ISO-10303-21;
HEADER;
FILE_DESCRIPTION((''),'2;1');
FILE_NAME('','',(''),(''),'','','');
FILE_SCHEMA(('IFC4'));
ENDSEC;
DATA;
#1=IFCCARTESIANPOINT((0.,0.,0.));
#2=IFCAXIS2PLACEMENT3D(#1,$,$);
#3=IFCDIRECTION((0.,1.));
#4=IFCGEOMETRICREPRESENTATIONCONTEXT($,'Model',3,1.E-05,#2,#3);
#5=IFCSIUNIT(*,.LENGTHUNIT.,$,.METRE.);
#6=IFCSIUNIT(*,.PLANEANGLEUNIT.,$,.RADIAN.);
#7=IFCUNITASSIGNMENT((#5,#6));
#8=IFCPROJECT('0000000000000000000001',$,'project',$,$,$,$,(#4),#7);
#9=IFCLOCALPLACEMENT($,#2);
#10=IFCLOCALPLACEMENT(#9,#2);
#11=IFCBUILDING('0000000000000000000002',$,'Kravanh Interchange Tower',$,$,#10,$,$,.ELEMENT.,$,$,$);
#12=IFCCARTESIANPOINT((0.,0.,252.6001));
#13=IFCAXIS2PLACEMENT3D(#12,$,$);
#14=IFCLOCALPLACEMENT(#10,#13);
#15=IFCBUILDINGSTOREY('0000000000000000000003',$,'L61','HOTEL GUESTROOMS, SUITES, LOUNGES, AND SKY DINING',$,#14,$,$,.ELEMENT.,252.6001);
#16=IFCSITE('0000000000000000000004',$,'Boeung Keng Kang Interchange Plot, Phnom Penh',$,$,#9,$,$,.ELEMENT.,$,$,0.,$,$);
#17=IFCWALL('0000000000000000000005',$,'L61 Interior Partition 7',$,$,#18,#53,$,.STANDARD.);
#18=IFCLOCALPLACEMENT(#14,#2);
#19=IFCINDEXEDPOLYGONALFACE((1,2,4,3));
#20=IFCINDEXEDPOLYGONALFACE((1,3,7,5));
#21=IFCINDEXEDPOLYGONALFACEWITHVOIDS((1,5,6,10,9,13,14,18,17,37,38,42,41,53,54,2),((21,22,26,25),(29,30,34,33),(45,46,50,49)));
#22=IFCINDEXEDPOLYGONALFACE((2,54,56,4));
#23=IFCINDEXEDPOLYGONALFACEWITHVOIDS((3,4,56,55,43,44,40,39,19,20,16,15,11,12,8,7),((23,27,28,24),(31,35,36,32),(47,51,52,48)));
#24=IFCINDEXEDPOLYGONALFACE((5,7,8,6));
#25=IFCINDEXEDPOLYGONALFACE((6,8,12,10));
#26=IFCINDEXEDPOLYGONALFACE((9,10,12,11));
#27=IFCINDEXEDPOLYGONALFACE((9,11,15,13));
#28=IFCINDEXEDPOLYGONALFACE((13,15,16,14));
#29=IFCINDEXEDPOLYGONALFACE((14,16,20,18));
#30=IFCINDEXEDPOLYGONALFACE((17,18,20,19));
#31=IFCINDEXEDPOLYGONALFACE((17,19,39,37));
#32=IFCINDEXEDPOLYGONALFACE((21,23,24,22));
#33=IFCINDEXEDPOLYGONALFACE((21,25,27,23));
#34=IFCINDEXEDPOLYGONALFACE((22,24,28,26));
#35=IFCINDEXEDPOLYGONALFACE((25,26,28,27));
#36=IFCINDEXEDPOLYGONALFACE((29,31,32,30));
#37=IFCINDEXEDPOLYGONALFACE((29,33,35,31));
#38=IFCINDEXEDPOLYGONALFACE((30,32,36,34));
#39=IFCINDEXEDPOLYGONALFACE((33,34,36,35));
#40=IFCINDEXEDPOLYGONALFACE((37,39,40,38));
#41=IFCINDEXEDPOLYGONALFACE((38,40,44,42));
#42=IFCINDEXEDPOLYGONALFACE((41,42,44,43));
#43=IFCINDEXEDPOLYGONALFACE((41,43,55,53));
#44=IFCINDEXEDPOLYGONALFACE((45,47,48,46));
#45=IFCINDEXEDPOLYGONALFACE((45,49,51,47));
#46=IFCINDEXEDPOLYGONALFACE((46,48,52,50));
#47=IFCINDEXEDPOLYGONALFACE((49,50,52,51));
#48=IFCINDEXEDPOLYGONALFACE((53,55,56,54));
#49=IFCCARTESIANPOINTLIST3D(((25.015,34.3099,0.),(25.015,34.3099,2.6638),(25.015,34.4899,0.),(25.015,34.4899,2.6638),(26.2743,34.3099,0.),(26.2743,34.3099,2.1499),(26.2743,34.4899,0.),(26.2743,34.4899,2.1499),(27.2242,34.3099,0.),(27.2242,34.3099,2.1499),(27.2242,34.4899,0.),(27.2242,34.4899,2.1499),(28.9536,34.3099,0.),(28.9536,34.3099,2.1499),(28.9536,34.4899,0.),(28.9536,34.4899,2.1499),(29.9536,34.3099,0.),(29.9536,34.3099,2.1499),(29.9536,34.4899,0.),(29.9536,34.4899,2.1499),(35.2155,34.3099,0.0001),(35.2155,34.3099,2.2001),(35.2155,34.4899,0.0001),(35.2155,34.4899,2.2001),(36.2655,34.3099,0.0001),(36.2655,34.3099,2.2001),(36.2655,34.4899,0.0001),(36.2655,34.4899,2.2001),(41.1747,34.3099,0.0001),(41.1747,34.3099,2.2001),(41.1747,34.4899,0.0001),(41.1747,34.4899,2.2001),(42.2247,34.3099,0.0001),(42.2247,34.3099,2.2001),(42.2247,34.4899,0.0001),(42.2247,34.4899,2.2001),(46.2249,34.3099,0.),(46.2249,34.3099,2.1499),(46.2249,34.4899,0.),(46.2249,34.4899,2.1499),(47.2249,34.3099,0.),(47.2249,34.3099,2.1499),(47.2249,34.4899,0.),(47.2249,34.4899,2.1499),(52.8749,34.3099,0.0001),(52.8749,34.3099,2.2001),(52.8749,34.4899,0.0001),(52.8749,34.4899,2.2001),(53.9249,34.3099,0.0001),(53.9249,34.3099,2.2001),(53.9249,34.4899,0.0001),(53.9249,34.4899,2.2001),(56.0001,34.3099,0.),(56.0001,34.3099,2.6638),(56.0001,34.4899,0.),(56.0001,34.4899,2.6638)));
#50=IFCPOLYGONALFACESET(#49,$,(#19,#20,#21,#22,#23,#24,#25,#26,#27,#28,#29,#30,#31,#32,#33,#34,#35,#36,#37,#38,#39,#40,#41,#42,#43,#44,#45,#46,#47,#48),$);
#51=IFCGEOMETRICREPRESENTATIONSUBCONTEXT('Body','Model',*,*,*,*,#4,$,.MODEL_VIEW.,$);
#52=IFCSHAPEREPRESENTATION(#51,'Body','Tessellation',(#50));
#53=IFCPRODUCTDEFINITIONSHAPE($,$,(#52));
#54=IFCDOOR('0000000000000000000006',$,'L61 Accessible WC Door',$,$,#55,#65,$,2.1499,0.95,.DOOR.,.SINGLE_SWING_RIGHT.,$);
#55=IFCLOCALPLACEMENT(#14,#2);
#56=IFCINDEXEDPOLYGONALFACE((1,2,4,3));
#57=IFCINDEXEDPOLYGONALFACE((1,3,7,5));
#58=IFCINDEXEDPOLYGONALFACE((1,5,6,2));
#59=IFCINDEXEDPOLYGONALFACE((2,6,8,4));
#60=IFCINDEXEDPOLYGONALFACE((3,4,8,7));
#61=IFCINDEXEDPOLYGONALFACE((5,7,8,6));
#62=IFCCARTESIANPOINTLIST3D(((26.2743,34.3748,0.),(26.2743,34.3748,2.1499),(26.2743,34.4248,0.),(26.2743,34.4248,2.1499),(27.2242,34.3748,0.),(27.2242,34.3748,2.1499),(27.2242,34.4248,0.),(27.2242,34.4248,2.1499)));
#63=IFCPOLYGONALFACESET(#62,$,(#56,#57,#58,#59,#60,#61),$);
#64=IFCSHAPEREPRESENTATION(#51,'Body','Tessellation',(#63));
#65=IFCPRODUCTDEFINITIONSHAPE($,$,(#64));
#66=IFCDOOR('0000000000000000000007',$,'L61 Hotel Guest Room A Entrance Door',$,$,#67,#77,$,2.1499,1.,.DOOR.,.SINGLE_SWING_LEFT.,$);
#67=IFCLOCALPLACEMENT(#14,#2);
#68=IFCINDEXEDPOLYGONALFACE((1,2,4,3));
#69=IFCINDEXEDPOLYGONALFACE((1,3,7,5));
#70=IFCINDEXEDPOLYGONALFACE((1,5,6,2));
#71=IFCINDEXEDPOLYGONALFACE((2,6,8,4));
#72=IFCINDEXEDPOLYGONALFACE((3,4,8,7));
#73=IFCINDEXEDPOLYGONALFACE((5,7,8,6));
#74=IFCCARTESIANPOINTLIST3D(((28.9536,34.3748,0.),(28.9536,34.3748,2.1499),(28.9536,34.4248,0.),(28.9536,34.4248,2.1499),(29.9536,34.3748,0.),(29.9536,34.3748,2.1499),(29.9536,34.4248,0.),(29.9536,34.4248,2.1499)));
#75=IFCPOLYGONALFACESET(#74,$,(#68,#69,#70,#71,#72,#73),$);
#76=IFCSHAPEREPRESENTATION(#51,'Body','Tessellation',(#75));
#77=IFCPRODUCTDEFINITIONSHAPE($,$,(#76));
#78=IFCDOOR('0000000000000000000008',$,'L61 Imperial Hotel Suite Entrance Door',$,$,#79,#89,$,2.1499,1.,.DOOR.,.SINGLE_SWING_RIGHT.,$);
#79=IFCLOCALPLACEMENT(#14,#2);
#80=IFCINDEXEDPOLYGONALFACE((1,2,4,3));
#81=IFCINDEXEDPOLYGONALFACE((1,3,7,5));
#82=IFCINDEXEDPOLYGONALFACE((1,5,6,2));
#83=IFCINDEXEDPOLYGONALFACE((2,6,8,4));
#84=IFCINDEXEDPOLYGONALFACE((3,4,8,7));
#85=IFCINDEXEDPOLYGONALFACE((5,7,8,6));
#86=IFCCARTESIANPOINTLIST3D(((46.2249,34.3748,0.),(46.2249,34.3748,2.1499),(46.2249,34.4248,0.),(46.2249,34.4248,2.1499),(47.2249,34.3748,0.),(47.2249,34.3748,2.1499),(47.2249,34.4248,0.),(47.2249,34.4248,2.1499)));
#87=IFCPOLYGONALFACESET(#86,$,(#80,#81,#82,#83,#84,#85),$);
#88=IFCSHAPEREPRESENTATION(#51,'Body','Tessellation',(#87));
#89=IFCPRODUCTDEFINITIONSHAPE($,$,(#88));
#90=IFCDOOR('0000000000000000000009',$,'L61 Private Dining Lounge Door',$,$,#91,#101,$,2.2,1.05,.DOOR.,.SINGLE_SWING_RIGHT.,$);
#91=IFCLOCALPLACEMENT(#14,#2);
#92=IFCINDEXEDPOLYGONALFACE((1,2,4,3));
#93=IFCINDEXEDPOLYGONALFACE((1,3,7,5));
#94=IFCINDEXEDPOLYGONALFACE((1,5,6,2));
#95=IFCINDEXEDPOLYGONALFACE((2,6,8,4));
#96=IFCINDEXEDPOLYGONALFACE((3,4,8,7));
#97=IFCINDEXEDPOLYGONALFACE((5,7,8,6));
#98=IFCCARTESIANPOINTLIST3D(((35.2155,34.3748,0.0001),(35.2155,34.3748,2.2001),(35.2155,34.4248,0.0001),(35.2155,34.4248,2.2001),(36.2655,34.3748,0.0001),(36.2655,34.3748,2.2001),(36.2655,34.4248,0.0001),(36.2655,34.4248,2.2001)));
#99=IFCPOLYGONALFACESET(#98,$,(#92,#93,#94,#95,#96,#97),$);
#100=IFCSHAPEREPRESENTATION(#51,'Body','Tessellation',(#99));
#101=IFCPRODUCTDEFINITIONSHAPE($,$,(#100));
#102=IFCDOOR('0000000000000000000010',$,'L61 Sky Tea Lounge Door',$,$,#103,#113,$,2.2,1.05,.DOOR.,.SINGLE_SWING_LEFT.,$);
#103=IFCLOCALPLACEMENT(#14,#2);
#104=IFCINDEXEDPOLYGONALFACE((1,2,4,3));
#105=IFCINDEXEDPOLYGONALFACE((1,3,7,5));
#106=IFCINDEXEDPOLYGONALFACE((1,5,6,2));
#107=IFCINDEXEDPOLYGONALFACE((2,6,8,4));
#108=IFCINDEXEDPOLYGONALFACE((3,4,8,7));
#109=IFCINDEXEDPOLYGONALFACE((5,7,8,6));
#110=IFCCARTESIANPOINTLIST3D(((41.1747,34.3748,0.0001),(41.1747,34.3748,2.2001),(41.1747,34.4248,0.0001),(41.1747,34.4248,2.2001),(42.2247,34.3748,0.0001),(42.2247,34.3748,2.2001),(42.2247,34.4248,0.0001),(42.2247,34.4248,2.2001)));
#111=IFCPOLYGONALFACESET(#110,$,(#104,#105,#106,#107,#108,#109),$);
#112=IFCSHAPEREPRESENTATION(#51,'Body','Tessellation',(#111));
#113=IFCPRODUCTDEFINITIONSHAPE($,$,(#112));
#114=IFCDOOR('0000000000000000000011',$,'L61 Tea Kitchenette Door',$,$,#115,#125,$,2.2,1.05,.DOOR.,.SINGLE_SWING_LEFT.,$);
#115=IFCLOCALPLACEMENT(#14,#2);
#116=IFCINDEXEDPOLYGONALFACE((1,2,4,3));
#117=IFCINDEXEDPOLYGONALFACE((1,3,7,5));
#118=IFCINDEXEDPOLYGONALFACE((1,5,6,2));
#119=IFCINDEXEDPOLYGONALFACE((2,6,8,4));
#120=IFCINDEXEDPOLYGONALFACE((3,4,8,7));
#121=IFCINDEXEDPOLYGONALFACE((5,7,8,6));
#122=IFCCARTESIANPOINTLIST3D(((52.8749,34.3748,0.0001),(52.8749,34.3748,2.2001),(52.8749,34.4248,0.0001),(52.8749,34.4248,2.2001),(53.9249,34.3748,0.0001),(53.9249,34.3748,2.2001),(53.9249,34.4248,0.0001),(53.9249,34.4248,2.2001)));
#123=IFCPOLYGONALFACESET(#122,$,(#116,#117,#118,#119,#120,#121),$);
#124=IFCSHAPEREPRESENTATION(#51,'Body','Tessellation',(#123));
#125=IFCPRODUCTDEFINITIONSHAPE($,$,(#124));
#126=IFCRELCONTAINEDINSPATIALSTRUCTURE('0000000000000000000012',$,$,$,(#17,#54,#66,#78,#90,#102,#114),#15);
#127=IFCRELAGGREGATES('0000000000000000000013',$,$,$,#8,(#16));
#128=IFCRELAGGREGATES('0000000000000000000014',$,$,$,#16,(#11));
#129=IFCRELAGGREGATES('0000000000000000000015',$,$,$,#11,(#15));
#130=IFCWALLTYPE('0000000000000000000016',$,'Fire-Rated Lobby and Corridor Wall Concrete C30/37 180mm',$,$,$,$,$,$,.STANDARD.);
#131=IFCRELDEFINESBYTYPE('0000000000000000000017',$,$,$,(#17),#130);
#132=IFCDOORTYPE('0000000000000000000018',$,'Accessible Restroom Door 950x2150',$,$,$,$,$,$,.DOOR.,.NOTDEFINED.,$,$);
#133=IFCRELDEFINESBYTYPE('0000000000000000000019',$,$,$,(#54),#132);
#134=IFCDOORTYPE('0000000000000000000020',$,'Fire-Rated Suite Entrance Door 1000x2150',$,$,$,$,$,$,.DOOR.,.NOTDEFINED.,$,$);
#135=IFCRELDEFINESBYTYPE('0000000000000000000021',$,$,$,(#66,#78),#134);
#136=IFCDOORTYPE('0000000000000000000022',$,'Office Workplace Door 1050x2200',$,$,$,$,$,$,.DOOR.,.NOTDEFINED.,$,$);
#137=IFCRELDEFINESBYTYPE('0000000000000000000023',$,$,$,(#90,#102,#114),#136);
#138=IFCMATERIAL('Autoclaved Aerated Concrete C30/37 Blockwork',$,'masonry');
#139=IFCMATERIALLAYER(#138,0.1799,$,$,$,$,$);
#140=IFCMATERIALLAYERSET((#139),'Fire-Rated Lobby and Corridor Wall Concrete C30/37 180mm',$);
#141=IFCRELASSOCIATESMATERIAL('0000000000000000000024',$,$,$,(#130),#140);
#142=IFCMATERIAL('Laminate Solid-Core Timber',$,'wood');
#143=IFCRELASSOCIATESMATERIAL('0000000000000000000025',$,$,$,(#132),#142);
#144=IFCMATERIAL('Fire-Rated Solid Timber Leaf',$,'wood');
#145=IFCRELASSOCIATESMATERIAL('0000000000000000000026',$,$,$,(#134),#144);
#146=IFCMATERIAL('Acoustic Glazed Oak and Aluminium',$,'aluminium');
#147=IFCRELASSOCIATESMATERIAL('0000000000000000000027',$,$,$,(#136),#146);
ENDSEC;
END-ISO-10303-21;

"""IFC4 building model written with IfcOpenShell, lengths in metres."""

from ifc_helpers import new_model, si_unit, direction, frame, frame_2d, origin, place, context, subcontext, project, spatial, rectangle, extrude, material, layer, layer_set, type_object, element, fill, save


model = new_model("IFC4")

# Units and contexts
model_context = context("Model", 3, precision=1e-05, world=origin(), true_north=direction((0.0, 1.0)))
body_context = subcontext(model_context, "Body", "Model", "MODEL_VIEW")
ifc_project = project(units=[si_unit("LENGTHUNIT", "METRE"), si_unit("PLANEANGLEUNIT", "RADIAN")], contexts=[model_context])

# Site, building, storey
site_placement = place(None, origin())
site = spatial("IfcSite", under=ifc_project, at=site_placement, Name="Boeung Keng Kang Interchange Plot, Phnom Penh", CompositionType="ELEMENT", RefElevation=0.0)
building_placement = place(site_placement, origin())
building = spatial("IfcBuilding", under=site, at=building_placement, Name="Kravanh Interchange Tower", CompositionType="ELEMENT")
storey_placement = place(building_placement, frame((0.0, 0.0, 252.6001)))
storey = spatial("IfcBuildingStorey", under=building, at=storey_placement, Name="L61", Description="HOTEL GUESTROOMS, SUITES, LOUNGES, AND SKY DINING", CompositionType="ELEMENT", Elevation=252.6001)

# Wall, openings, doors
ifc_material_1 = material(Name="Autoclaved Aerated Concrete C30/37 Blockwork", Category="masonry")
ifc_layer_1 = layer(ifc_material_1, 0.1799)
ifc_layer_set_1 = layer_set([ifc_layer_1], Name="Fire-Rated Lobby and Corridor Wall Concrete C30/37 180mm")
wall_type_1 = type_object("IfcWallType", Name="Fire-Rated Lobby and Corridor Wall Concrete C30/37 180mm", PredefinedType="STANDARD", material=ifc_layer_set_1)
wall_1_placement = place(storey_placement, frame((25.0149, 34.3999, 0.0), z_axis=(0.0, 0.0, 1.0), x_axis=(1.0, 0.0, 0.0)))
wall_1 = element("IfcWall", 1, at=wall_1_placement, inside=storey, type_object=wall_type_1, Name="L61 Interior Partition 7", PredefinedType="STANDARD", context=body_context, shape_type="SweptSolid", body=[
    extrude(rectangle(XDim=30.9851, YDim=0.1799, at=frame_2d((15.4927, 0.0))), origin(), (0.0, 0.0, 1.0), 2.6638),
])
opening_1_placement = place(wall_1_placement, frame((1.2593, 0.0, 0.0)))
opening_1 = element("IfcOpeningElement", 2, at=opening_1_placement, cuts=wall_1, PredefinedType="OPENING", context=body_context, shape_type="SweptSolid", body=[
    extrude(rectangle(XDim=0.95, YDim=2.1499, at=frame_2d((0.4751, 1.075))), frame((0.0, 0.1001, 0.0), z_axis=(0.0, -1.0, 0.0), x_axis=(1.0, 0.0, 0.0)), (0.0, 0.0, 1.0), 0.2),
])
opening_2_placement = place(wall_1_placement, frame((3.9387, 0.0, 0.0)))
opening_2 = element("IfcOpeningElement", 3, at=opening_2_placement, cuts=wall_1, PredefinedType="OPENING", context=body_context, shape_type="SweptSolid", body=[
    extrude(rectangle(XDim=1.0, YDim=2.1499, at=frame_2d((0.5, 1.075))), frame((0.0, 0.1001, 0.0), z_axis=(0.0, -1.0, 0.0), x_axis=(1.0, 0.0, 0.0)), (0.0, 0.0, 1.0), 0.2),
])
opening_3_placement = place(wall_1_placement, frame((10.2007, 0.0, 0.0)))
opening_3 = element("IfcOpeningElement", 4, at=opening_3_placement, cuts=wall_1, PredefinedType="OPENING", context=body_context, shape_type="SweptSolid", body=[
    extrude(rectangle(XDim=1.05, YDim=2.2, at=frame_2d((0.5249, 1.1001))), frame((0.0, 0.1001, 0.0), z_axis=(0.0, -1.0, 0.0), x_axis=(1.0, 0.0, 0.0)), (0.0, 0.0, 1.0), 0.2),
])
opening_4_placement = place(wall_1_placement, frame((16.1599, 0.0, 0.0)))
opening_4 = element("IfcOpeningElement", 5, at=opening_4_placement, cuts=wall_1, PredefinedType="OPENING", context=body_context, shape_type="SweptSolid", body=[
    extrude(rectangle(XDim=1.05, YDim=2.2, at=frame_2d((0.5249, 1.1001))), frame((0.0, 0.1001, 0.0), z_axis=(0.0, -1.0, 0.0), x_axis=(1.0, 0.0, 0.0)), (0.0, 0.0, 1.0), 0.2),
])
opening_5_placement = place(wall_1_placement, frame((21.21, 0.0, 0.0)))
opening_5 = element("IfcOpeningElement", 6, at=opening_5_placement, cuts=wall_1, PredefinedType="OPENING", context=body_context, shape_type="SweptSolid", body=[
    extrude(rectangle(XDim=1.0, YDim=2.1499, at=frame_2d((0.5, 1.075))), frame((0.0, 0.1001, 0.0), z_axis=(0.0, -1.0, 0.0), x_axis=(1.0, 0.0, 0.0)), (0.0, 0.0, 1.0), 0.2),
])
opening_6_placement = place(wall_1_placement, frame((27.8601, 0.0, 0.0)))
opening_6 = element("IfcOpeningElement", 7, at=opening_6_placement, cuts=wall_1, PredefinedType="OPENING", context=body_context, shape_type="SweptSolid", body=[
    extrude(rectangle(XDim=1.05, YDim=2.2, at=frame_2d((0.5249, 1.1001))), frame((0.0, 0.1001, 0.0), z_axis=(0.0, -1.0, 0.0), x_axis=(1.0, 0.0, 0.0)), (0.0, 0.0, 1.0), 0.2),
])
ifc_material_2 = material(Name="Laminate Solid-Core Timber", Category="wood")
door_type_1 = type_object("IfcDoorType", Name="Accessible Restroom Door 950x2150", OperationType="NOTDEFINED", PredefinedType="DOOR", material=ifc_material_2)
door_1_placement = place(opening_1_placement, origin())
door_1 = element("IfcDoor", 8, at=door_1_placement, inside=storey, type_object=door_type_1, Name="L61 Accessible WC Door", OperationType="SINGLE_SWING_RIGHT", OverallHeight=2.1499, OverallWidth=0.95, PredefinedType="DOOR", context=body_context, shape_type="SweptSolid", body=[
    extrude(rectangle(XDim=0.95, YDim=2.1499, at=frame_2d((0.4751, 1.075))), frame((0.0, 0.0249, 0.0), z_axis=(0.0, -1.0, 0.0), x_axis=(1.0, 0.0, 0.0)), (0.0, 0.0, 1.0), 0.05),
])
fill(opening_1, door_1)
ifc_material_3 = material(Name="Fire-Rated Solid Timber Leaf", Category="wood")
door_type_2 = type_object("IfcDoorType", Name="Fire-Rated Suite Entrance Door 1000x2150", OperationType="NOTDEFINED", PredefinedType="DOOR", material=ifc_material_3)
door_2_placement = place(opening_2_placement, origin())
door_2 = element("IfcDoor", 9, at=door_2_placement, inside=storey, type_object=door_type_2, Name="L61 Hotel Guest Room A Entrance Door", OperationType="SINGLE_SWING_LEFT", OverallHeight=2.1499, OverallWidth=1.0, PredefinedType="DOOR", context=body_context, shape_type="SweptSolid", body=[
    extrude(rectangle(XDim=1.0, YDim=2.1499, at=frame_2d((0.5, 1.075))), frame((0.0, 0.0249, 0.0), z_axis=(0.0, -1.0, 0.0), x_axis=(1.0, 0.0, 0.0)), (0.0, 0.0, 1.0), 0.05),
])
fill(opening_2, door_2)
door_3_placement = place(opening_5_placement, origin())
door_3 = element("IfcDoor", 10, at=door_3_placement, inside=storey, type_object=door_type_2, Name="L61 Imperial Hotel Suite Entrance Door", OperationType="SINGLE_SWING_RIGHT", OverallHeight=2.1499, OverallWidth=1.0, PredefinedType="DOOR", context=body_context, shape_type="SweptSolid", body=[
    extrude(rectangle(XDim=1.0, YDim=2.1499, at=frame_2d((0.5, 1.075))), frame((0.0, 0.0249, 0.0), z_axis=(0.0, -1.0, 0.0), x_axis=(1.0, 0.0, 0.0)), (0.0, 0.0, 1.0), 0.05),
])
fill(opening_5, door_3)
ifc_material_4 = material(Name="Acoustic Glazed Oak and Aluminium", Category="aluminium")
door_type_3 = type_object("IfcDoorType", Name="Office Workplace Door 1050x2200", OperationType="NOTDEFINED", PredefinedType="DOOR", material=ifc_material_4)
door_4_placement = place(opening_3_placement, origin())
door_4 = element("IfcDoor", 11, at=door_4_placement, inside=storey, type_object=door_type_3, Name="L61 Private Dining Lounge Door", OperationType="SINGLE_SWING_RIGHT", OverallHeight=2.2, OverallWidth=1.05, PredefinedType="DOOR", context=body_context, shape_type="SweptSolid", body=[
    extrude(rectangle(XDim=1.05, YDim=2.2, at=frame_2d((0.5249, 1.1001))), frame((0.0, 0.0249, 0.0), z_axis=(0.0, -1.0, 0.0), x_axis=(1.0, 0.0, 0.0)), (0.0, 0.0, 1.0), 0.05),
])
fill(opening_3, door_4)
door_5_placement = place(opening_4_placement, origin())
door_5 = element("IfcDoor", 12, at=door_5_placement, inside=storey, type_object=door_type_3, Name="L61 Sky Tea Lounge Door", OperationType="SINGLE_SWING_LEFT", OverallHeight=2.2, OverallWidth=1.05, PredefinedType="DOOR", context=body_context, shape_type="SweptSolid", body=[
    extrude(rectangle(XDim=1.05, YDim=2.2, at=frame_2d((0.5249, 1.1001))), frame((0.0, 0.0249, 0.0), z_axis=(0.0, -1.0, 0.0), x_axis=(1.0, 0.0, 0.0)), (0.0, 0.0, 1.0), 0.05),
])
fill(opening_4, door_5)
door_6_placement = place(opening_6_placement, origin())
door_6 = element("IfcDoor", 13, at=door_6_placement, inside=storey, type_object=door_type_3, Name="L61 Tea Kitchenette Door", OperationType="SINGLE_SWING_LEFT", OverallHeight=2.2, OverallWidth=1.05, PredefinedType="DOOR", context=body_context, shape_type="SweptSolid", body=[
    extrude(rectangle(XDim=1.05, YDim=2.2, at=frame_2d((0.5249, 1.1001))), frame((0.0, 0.0249, 0.0), z_axis=(0.0, -1.0, 0.0), x_axis=(1.0, 0.0, 0.0)), (0.0, 0.0, 1.0), 0.05),
])
fill(opening_6, door_6)

save(model, "model.ifc")
